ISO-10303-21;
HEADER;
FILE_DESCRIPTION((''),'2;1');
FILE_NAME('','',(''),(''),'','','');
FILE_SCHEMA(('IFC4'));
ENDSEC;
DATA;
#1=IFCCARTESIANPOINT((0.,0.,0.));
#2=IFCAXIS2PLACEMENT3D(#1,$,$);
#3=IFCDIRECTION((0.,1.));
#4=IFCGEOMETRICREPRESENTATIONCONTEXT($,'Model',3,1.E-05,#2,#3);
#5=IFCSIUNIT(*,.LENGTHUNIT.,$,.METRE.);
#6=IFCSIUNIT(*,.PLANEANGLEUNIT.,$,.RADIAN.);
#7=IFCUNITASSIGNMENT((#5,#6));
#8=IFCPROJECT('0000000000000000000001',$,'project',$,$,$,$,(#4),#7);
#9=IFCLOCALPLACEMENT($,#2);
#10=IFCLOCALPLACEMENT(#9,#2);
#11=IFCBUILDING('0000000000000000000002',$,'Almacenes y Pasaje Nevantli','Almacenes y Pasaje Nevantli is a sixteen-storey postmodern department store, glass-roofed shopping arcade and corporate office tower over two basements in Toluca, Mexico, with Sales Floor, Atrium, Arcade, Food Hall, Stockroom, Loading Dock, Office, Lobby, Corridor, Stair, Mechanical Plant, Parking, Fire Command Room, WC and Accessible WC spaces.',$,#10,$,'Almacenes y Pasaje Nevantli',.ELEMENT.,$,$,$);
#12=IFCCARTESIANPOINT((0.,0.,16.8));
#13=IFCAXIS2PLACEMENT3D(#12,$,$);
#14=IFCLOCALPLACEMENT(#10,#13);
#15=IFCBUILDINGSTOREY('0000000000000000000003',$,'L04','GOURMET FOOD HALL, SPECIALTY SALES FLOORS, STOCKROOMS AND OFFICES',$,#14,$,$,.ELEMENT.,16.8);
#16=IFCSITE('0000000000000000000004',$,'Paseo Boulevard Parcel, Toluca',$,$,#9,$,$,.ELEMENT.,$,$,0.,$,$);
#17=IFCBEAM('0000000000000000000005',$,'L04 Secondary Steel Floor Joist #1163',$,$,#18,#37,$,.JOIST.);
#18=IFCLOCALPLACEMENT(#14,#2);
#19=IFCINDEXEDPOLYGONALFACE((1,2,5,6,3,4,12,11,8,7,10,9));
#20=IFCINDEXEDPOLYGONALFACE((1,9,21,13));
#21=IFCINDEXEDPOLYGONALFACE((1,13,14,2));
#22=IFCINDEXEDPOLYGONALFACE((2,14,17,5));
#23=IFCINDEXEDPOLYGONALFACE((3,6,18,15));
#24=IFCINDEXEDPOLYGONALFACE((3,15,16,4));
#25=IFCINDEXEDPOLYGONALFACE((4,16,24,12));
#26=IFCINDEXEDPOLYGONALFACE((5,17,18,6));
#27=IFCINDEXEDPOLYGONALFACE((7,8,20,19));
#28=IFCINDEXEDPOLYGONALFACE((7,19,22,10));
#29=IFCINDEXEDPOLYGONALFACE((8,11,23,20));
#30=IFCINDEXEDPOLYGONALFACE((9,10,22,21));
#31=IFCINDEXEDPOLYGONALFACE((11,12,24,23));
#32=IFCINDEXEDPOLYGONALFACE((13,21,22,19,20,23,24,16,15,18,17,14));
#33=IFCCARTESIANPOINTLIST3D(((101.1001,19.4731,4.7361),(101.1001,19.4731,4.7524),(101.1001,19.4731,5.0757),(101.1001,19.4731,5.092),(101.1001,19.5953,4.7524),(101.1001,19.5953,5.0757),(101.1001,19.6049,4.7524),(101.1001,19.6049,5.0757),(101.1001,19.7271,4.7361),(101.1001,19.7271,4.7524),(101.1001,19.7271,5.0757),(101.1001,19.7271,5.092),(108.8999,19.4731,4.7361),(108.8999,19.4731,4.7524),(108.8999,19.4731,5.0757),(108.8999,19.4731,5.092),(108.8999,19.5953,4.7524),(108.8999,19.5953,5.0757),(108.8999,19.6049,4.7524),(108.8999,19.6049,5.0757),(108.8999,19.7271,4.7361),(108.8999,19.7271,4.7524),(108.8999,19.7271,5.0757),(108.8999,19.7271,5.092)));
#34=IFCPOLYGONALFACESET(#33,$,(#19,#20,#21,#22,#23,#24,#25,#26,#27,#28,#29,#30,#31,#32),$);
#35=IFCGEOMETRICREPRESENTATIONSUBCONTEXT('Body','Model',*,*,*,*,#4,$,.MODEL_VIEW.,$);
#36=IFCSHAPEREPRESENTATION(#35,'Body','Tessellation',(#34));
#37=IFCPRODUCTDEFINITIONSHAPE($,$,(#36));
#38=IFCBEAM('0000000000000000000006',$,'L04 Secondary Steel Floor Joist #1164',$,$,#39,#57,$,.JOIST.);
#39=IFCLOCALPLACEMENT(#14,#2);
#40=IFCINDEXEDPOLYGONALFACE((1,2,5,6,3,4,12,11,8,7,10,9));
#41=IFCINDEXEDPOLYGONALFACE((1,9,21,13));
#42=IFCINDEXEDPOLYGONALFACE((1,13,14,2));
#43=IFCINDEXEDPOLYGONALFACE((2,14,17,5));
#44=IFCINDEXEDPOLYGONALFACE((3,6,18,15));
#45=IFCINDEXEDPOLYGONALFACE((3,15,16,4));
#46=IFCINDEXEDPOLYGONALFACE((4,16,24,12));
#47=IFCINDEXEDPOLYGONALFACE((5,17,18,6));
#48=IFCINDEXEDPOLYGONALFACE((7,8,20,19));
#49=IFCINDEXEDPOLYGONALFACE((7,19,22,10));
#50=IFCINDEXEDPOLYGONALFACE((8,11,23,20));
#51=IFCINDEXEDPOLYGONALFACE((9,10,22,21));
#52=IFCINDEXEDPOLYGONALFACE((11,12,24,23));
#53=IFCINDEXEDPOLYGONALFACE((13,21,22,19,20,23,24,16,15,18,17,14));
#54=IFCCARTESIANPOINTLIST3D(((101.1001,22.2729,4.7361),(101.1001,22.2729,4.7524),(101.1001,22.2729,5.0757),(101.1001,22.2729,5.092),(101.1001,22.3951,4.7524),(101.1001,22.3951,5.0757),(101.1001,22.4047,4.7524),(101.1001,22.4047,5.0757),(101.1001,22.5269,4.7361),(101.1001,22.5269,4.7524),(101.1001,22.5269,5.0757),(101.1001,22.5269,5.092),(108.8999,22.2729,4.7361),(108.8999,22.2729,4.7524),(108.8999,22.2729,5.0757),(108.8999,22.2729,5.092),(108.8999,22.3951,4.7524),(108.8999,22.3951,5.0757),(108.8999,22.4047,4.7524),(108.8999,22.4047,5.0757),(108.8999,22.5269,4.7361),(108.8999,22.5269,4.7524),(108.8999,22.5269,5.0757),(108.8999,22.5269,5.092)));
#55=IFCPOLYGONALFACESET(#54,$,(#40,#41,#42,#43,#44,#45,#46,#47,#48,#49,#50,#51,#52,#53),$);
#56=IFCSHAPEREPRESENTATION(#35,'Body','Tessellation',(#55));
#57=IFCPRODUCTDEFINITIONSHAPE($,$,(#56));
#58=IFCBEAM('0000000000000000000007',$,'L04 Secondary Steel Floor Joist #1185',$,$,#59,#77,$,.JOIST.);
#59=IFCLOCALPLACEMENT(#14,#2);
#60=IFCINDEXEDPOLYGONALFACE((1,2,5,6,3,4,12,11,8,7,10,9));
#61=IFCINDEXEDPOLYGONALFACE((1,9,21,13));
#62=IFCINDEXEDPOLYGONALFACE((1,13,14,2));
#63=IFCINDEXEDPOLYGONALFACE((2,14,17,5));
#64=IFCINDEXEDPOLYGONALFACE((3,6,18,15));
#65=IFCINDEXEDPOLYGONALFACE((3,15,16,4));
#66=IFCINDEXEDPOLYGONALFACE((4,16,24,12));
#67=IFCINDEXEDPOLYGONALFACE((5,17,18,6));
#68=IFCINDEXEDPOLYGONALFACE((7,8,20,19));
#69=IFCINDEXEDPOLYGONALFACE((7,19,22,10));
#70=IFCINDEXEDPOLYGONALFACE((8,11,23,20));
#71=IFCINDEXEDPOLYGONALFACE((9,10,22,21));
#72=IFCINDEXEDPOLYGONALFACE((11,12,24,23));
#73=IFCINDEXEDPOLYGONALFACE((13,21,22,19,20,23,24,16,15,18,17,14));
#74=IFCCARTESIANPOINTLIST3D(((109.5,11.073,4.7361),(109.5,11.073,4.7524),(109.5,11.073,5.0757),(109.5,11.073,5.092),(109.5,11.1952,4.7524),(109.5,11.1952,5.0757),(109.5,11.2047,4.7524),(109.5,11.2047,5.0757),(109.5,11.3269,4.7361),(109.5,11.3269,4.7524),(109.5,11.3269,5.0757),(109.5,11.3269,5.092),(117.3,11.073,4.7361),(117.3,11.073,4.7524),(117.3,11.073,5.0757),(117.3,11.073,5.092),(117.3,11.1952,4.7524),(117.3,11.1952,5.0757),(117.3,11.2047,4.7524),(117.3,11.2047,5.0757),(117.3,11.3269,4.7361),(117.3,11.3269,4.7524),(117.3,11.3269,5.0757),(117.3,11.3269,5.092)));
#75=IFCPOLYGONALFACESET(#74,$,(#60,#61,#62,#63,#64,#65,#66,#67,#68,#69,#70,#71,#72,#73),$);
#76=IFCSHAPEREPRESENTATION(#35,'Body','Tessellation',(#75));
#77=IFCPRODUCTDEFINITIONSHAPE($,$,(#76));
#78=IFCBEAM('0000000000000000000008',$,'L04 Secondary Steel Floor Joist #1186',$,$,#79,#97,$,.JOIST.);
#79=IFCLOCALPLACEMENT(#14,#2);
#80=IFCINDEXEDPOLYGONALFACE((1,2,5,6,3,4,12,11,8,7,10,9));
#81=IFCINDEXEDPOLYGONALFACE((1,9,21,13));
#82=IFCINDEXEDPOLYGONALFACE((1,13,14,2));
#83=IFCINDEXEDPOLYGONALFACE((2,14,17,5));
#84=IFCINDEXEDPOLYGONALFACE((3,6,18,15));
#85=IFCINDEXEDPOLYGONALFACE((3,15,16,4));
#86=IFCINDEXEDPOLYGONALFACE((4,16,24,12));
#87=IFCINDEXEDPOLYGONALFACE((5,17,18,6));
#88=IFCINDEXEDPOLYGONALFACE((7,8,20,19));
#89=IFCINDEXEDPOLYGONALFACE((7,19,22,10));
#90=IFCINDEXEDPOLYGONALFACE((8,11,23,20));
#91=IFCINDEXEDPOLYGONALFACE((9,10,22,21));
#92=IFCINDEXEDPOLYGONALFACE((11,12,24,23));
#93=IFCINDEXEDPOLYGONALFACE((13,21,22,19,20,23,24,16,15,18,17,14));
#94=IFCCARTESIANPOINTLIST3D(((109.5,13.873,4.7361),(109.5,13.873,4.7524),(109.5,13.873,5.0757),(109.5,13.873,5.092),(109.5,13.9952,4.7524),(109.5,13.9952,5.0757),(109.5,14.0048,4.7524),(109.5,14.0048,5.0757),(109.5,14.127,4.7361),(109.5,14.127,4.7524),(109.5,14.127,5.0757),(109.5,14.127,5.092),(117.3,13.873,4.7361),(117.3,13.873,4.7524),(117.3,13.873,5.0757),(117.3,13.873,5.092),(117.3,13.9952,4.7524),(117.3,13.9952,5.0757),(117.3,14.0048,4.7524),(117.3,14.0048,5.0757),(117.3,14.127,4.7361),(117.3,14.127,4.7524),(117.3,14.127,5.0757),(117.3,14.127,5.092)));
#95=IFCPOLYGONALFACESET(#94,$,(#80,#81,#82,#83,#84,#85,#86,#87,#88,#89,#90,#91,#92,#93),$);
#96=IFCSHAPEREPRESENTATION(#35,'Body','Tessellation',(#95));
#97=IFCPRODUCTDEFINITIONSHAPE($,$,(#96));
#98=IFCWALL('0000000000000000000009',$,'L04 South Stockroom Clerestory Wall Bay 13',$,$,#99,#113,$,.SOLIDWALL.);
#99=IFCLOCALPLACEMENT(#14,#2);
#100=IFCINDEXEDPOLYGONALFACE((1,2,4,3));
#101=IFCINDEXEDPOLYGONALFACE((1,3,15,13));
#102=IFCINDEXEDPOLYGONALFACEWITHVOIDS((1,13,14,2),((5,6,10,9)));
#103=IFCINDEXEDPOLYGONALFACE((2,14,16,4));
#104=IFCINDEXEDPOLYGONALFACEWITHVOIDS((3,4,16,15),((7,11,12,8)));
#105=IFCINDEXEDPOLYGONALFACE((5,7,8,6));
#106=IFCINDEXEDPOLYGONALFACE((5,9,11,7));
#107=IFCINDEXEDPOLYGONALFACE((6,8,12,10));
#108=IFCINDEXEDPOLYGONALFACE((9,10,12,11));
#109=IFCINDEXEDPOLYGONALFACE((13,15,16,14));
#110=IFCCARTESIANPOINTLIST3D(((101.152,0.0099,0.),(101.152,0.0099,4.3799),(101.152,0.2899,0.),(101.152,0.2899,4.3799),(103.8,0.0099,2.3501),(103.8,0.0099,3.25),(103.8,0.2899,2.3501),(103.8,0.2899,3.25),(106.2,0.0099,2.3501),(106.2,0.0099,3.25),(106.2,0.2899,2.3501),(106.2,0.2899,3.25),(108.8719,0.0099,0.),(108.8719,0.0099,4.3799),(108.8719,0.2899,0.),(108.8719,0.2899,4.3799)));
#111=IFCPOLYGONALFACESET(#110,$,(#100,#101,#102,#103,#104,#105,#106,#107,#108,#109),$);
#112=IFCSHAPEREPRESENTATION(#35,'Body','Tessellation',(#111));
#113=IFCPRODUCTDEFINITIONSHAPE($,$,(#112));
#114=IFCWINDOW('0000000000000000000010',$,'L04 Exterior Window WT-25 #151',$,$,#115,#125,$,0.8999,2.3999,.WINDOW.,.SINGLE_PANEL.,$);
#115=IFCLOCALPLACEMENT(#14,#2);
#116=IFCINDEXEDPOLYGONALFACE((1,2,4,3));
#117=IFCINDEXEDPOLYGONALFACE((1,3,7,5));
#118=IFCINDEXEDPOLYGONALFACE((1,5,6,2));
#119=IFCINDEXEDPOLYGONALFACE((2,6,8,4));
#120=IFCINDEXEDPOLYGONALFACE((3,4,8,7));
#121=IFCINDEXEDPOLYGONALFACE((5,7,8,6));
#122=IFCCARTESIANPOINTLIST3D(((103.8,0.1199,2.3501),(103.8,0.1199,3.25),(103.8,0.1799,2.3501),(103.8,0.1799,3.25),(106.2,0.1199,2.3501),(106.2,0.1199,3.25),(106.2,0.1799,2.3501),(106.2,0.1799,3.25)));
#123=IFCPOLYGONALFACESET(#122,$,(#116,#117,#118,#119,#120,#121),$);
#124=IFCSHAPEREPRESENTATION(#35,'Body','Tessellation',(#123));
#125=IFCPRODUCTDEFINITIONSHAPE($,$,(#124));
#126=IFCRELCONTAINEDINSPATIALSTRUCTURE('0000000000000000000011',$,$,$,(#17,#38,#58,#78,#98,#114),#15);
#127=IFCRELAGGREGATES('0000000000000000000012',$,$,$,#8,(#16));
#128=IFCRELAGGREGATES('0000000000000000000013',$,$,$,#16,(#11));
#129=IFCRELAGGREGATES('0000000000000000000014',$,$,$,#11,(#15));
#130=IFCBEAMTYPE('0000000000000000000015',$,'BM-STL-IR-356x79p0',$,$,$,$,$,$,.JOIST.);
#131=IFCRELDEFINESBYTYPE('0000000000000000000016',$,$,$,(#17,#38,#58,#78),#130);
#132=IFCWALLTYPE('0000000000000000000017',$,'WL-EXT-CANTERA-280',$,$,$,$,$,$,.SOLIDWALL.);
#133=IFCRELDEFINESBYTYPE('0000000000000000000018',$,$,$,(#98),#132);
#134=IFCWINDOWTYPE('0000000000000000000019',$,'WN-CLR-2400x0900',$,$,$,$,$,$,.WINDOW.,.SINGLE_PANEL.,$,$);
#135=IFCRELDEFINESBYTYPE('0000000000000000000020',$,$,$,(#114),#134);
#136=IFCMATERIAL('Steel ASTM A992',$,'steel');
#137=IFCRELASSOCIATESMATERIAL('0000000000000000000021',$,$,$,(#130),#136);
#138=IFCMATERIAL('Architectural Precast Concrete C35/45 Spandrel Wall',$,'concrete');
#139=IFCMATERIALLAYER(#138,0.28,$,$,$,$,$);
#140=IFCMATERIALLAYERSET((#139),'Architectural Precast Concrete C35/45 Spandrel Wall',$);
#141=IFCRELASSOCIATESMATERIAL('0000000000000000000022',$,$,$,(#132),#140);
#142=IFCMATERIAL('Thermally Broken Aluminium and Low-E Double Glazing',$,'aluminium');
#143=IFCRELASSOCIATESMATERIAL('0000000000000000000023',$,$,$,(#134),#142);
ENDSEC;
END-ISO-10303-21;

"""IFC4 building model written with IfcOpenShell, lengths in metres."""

from ifc_helpers import new_model, si_unit, direction, frame, frame_2d, origin, origin_2d, place, context, subcontext, project, spatial, rectangle, i_section, extrude, material, layer, layer_set, material_profile, profile_set, type_object, element, fill, save


model = new_model("IFC4")

# Units and contexts
model_context = context("Model", 3, precision=1e-05, world=origin(), true_north=direction((0.0, 1.0)))
body_context = subcontext(model_context, "Body", "Model", "MODEL_VIEW")
ifc_project = project(units=[si_unit("LENGTHUNIT", "METRE"), si_unit("PLANEANGLEUNIT", "RADIAN")], contexts=[model_context])

# Site, building, storey
site_placement = place(None, origin())
site = spatial("IfcSite", under=ifc_project, at=site_placement, Name="Paseo Boulevard Parcel, Toluca", CompositionType="ELEMENT", RefElevation=0.0)
building_placement = place(site_placement, origin())
building = spatial("IfcBuilding", under=site, at=building_placement, Name="Almacenes y Pasaje Nevantli", Description="Almacenes y Pasaje Nevantli is a sixteen-storey postmodern department store, glass-roofed shopping arcade and corporate office tower over two basements in Toluca, Mexico, with Sales Floor, Atrium, Arcade, Food Hall, Stockroom, Loading Dock, Office, Lobby, Corridor, Stair, Mechanical Plant, Parking, Fire Command Room, WC and Accessible WC spaces.", LongName="Almacenes y Pasaje Nevantli", CompositionType="ELEMENT")
storey_placement = place(building_placement, frame((0.0, 0.0, 16.8)))
storey = spatial("IfcBuildingStorey", under=building, at=storey_placement, Name="L04", Description="GOURMET FOOD HALL, SPECIALTY SALES FLOORS, STOCKROOMS AND OFFICES", CompositionType="ELEMENT", Elevation=16.8)

# Beams
ifc_material_1 = material(Name="Steel ASTM A992", Category="steel")
ifc_material_profile_1 = material_profile(ifc_material_1, i_section(OverallWidth=0.2539, OverallDepth=0.356, WebThickness=0.0095, FlangeThickness=0.0164, at=origin_2d()), Name="IR 356x79.0")
ifc_profile_set_1 = profile_set([ifc_material_profile_1], Name="Steel ASTM A992")
beam_type_1 = type_object("IfcBeamType", Name="BM-STL-IR-356x79p0", PredefinedType="JOIST", material=ifc_profile_set_1)
for number, where, z_axis, x_axis, name in (
    (1, (101.1001, 19.6001, 4.9141), (1.0, 0.0, 0.0), (0.0, 1.0, 0.0), "L04 Secondary Steel Floor Joist #1163"),
    (2, (101.1001, 22.3999, 4.9141), (1.0, 0.0, 0.0), (0.0, 1.0, 0.0), "L04 Secondary Steel Floor Joist #1164"),
):
    element("IfcBeam", number, at=place(storey_placement, frame(where, z_axis=z_axis, x_axis=x_axis)), inside=storey, type_object=beam_type_1, Name=name, PredefinedType="JOIST", context=body_context, shape_type="SweptSolid", body=[
        extrude(i_section(OverallWidth=0.2539, OverallDepth=0.356, WebThickness=0.0095, FlangeThickness=0.0164, at=origin_2d()), origin(), (0.0, 0.0, 1.0), 7.7998),
    ])
for number, where, z_axis, x_axis, name in (
    (3, (109.5, 11.2, 4.9141), (1.0, 0.0, 0.0), (0.0, 1.0, 0.0), "L04 Secondary Steel Floor Joist #1185"),
    (4, (109.5, 14.0, 4.9141), (1.0, 0.0, 0.0), (0.0, 1.0, 0.0), "L04 Secondary Steel Floor Joist #1186"),
):
    element("IfcBeam", number, at=place(storey_placement, frame(where, z_axis=z_axis, x_axis=x_axis)), inside=storey, type_object=beam_type_1, Name=name, PredefinedType="JOIST", context=body_context, shape_type="SweptSolid", body=[
        extrude(i_section(OverallWidth=0.2539, OverallDepth=0.356, WebThickness=0.0095, FlangeThickness=0.0164, at=origin_2d()), origin(), (0.0, 0.0, 1.0), 7.8),
    ])

# Wall, opening, window
ifc_material_2 = material(Name="Architectural Precast Concrete C35/45 Spandrel Wall", Category="concrete")
ifc_layer = layer(ifc_material_2, 0.28)
ifc_layer_set = layer_set([ifc_layer], Name="Architectural Precast Concrete C35/45 Spandrel Wall")
wall_type = type_object("IfcWallType", Name="WL-EXT-CANTERA-280", PredefinedType="SOLIDWALL", material=ifc_layer_set)
wall_placement = place(storey_placement, frame((101.1521, 0.1499, 0.0), z_axis=(0.0, 0.0, 1.0), x_axis=(1.0, 0.0, 0.0)))
wall = element("IfcWall", 5, at=wall_placement, inside=storey, type_object=wall_type, Name="L04 South Stockroom Clerestory Wall Bay 13", PredefinedType="SOLIDWALL", context=body_context, shape_type="SweptSolid", body=[
    extrude(rectangle(XDim=7.72, YDim=0.28, at=frame_2d((3.8599, 0.0))), origin(), (0.0, 0.0, 1.0), 4.3799),
])
opening_placement = place(wall_placement, frame((2.6479, 0.0, 2.3501)))
opening = element("IfcOpeningElement", 6, at=opening_placement, cuts=wall, PredefinedType="OPENING", context=body_context, shape_type="SweptSolid", body=[
    extrude(rectangle(XDim=2.3999, YDim=0.8999, at=frame_2d((1.2, 0.45))), frame((0.0, 0.1499, 0.0), z_axis=(0.0, -1.0, 0.0), x_axis=(1.0, 0.0, 0.0)), (0.0, 0.0, 1.0), 0.3),
])
ifc_material_3 = material(Name="Thermally Broken Aluminium and Low-E Double Glazing", Category="aluminium")
window_type = type_object("IfcWindowType", Name="WN-CLR-2400x0900", PartitioningType="SINGLE_PANEL", PredefinedType="WINDOW", material=ifc_material_3)
window_placement = place(opening_placement, origin())
window = element("IfcWindow", 7, at=window_placement, inside=storey, type_object=window_type, Name="L04 Exterior Window WT-25 #151", OverallHeight=0.8999, OverallWidth=2.3999, PartitioningType="SINGLE_PANEL", PredefinedType="WINDOW", context=body_context, shape_type="SweptSolid", body=[
    extrude(rectangle(XDim=2.3999, YDim=0.8999, at=frame_2d((1.2, 0.45))), frame((0.0, 0.03, 0.0), z_axis=(0.0, -1.0, 0.0), x_axis=(1.0, 0.0, 0.0)), (0.0, 0.0, 1.0), 0.0601),
])
fill(opening, window)

save(model, "model.ifc")
